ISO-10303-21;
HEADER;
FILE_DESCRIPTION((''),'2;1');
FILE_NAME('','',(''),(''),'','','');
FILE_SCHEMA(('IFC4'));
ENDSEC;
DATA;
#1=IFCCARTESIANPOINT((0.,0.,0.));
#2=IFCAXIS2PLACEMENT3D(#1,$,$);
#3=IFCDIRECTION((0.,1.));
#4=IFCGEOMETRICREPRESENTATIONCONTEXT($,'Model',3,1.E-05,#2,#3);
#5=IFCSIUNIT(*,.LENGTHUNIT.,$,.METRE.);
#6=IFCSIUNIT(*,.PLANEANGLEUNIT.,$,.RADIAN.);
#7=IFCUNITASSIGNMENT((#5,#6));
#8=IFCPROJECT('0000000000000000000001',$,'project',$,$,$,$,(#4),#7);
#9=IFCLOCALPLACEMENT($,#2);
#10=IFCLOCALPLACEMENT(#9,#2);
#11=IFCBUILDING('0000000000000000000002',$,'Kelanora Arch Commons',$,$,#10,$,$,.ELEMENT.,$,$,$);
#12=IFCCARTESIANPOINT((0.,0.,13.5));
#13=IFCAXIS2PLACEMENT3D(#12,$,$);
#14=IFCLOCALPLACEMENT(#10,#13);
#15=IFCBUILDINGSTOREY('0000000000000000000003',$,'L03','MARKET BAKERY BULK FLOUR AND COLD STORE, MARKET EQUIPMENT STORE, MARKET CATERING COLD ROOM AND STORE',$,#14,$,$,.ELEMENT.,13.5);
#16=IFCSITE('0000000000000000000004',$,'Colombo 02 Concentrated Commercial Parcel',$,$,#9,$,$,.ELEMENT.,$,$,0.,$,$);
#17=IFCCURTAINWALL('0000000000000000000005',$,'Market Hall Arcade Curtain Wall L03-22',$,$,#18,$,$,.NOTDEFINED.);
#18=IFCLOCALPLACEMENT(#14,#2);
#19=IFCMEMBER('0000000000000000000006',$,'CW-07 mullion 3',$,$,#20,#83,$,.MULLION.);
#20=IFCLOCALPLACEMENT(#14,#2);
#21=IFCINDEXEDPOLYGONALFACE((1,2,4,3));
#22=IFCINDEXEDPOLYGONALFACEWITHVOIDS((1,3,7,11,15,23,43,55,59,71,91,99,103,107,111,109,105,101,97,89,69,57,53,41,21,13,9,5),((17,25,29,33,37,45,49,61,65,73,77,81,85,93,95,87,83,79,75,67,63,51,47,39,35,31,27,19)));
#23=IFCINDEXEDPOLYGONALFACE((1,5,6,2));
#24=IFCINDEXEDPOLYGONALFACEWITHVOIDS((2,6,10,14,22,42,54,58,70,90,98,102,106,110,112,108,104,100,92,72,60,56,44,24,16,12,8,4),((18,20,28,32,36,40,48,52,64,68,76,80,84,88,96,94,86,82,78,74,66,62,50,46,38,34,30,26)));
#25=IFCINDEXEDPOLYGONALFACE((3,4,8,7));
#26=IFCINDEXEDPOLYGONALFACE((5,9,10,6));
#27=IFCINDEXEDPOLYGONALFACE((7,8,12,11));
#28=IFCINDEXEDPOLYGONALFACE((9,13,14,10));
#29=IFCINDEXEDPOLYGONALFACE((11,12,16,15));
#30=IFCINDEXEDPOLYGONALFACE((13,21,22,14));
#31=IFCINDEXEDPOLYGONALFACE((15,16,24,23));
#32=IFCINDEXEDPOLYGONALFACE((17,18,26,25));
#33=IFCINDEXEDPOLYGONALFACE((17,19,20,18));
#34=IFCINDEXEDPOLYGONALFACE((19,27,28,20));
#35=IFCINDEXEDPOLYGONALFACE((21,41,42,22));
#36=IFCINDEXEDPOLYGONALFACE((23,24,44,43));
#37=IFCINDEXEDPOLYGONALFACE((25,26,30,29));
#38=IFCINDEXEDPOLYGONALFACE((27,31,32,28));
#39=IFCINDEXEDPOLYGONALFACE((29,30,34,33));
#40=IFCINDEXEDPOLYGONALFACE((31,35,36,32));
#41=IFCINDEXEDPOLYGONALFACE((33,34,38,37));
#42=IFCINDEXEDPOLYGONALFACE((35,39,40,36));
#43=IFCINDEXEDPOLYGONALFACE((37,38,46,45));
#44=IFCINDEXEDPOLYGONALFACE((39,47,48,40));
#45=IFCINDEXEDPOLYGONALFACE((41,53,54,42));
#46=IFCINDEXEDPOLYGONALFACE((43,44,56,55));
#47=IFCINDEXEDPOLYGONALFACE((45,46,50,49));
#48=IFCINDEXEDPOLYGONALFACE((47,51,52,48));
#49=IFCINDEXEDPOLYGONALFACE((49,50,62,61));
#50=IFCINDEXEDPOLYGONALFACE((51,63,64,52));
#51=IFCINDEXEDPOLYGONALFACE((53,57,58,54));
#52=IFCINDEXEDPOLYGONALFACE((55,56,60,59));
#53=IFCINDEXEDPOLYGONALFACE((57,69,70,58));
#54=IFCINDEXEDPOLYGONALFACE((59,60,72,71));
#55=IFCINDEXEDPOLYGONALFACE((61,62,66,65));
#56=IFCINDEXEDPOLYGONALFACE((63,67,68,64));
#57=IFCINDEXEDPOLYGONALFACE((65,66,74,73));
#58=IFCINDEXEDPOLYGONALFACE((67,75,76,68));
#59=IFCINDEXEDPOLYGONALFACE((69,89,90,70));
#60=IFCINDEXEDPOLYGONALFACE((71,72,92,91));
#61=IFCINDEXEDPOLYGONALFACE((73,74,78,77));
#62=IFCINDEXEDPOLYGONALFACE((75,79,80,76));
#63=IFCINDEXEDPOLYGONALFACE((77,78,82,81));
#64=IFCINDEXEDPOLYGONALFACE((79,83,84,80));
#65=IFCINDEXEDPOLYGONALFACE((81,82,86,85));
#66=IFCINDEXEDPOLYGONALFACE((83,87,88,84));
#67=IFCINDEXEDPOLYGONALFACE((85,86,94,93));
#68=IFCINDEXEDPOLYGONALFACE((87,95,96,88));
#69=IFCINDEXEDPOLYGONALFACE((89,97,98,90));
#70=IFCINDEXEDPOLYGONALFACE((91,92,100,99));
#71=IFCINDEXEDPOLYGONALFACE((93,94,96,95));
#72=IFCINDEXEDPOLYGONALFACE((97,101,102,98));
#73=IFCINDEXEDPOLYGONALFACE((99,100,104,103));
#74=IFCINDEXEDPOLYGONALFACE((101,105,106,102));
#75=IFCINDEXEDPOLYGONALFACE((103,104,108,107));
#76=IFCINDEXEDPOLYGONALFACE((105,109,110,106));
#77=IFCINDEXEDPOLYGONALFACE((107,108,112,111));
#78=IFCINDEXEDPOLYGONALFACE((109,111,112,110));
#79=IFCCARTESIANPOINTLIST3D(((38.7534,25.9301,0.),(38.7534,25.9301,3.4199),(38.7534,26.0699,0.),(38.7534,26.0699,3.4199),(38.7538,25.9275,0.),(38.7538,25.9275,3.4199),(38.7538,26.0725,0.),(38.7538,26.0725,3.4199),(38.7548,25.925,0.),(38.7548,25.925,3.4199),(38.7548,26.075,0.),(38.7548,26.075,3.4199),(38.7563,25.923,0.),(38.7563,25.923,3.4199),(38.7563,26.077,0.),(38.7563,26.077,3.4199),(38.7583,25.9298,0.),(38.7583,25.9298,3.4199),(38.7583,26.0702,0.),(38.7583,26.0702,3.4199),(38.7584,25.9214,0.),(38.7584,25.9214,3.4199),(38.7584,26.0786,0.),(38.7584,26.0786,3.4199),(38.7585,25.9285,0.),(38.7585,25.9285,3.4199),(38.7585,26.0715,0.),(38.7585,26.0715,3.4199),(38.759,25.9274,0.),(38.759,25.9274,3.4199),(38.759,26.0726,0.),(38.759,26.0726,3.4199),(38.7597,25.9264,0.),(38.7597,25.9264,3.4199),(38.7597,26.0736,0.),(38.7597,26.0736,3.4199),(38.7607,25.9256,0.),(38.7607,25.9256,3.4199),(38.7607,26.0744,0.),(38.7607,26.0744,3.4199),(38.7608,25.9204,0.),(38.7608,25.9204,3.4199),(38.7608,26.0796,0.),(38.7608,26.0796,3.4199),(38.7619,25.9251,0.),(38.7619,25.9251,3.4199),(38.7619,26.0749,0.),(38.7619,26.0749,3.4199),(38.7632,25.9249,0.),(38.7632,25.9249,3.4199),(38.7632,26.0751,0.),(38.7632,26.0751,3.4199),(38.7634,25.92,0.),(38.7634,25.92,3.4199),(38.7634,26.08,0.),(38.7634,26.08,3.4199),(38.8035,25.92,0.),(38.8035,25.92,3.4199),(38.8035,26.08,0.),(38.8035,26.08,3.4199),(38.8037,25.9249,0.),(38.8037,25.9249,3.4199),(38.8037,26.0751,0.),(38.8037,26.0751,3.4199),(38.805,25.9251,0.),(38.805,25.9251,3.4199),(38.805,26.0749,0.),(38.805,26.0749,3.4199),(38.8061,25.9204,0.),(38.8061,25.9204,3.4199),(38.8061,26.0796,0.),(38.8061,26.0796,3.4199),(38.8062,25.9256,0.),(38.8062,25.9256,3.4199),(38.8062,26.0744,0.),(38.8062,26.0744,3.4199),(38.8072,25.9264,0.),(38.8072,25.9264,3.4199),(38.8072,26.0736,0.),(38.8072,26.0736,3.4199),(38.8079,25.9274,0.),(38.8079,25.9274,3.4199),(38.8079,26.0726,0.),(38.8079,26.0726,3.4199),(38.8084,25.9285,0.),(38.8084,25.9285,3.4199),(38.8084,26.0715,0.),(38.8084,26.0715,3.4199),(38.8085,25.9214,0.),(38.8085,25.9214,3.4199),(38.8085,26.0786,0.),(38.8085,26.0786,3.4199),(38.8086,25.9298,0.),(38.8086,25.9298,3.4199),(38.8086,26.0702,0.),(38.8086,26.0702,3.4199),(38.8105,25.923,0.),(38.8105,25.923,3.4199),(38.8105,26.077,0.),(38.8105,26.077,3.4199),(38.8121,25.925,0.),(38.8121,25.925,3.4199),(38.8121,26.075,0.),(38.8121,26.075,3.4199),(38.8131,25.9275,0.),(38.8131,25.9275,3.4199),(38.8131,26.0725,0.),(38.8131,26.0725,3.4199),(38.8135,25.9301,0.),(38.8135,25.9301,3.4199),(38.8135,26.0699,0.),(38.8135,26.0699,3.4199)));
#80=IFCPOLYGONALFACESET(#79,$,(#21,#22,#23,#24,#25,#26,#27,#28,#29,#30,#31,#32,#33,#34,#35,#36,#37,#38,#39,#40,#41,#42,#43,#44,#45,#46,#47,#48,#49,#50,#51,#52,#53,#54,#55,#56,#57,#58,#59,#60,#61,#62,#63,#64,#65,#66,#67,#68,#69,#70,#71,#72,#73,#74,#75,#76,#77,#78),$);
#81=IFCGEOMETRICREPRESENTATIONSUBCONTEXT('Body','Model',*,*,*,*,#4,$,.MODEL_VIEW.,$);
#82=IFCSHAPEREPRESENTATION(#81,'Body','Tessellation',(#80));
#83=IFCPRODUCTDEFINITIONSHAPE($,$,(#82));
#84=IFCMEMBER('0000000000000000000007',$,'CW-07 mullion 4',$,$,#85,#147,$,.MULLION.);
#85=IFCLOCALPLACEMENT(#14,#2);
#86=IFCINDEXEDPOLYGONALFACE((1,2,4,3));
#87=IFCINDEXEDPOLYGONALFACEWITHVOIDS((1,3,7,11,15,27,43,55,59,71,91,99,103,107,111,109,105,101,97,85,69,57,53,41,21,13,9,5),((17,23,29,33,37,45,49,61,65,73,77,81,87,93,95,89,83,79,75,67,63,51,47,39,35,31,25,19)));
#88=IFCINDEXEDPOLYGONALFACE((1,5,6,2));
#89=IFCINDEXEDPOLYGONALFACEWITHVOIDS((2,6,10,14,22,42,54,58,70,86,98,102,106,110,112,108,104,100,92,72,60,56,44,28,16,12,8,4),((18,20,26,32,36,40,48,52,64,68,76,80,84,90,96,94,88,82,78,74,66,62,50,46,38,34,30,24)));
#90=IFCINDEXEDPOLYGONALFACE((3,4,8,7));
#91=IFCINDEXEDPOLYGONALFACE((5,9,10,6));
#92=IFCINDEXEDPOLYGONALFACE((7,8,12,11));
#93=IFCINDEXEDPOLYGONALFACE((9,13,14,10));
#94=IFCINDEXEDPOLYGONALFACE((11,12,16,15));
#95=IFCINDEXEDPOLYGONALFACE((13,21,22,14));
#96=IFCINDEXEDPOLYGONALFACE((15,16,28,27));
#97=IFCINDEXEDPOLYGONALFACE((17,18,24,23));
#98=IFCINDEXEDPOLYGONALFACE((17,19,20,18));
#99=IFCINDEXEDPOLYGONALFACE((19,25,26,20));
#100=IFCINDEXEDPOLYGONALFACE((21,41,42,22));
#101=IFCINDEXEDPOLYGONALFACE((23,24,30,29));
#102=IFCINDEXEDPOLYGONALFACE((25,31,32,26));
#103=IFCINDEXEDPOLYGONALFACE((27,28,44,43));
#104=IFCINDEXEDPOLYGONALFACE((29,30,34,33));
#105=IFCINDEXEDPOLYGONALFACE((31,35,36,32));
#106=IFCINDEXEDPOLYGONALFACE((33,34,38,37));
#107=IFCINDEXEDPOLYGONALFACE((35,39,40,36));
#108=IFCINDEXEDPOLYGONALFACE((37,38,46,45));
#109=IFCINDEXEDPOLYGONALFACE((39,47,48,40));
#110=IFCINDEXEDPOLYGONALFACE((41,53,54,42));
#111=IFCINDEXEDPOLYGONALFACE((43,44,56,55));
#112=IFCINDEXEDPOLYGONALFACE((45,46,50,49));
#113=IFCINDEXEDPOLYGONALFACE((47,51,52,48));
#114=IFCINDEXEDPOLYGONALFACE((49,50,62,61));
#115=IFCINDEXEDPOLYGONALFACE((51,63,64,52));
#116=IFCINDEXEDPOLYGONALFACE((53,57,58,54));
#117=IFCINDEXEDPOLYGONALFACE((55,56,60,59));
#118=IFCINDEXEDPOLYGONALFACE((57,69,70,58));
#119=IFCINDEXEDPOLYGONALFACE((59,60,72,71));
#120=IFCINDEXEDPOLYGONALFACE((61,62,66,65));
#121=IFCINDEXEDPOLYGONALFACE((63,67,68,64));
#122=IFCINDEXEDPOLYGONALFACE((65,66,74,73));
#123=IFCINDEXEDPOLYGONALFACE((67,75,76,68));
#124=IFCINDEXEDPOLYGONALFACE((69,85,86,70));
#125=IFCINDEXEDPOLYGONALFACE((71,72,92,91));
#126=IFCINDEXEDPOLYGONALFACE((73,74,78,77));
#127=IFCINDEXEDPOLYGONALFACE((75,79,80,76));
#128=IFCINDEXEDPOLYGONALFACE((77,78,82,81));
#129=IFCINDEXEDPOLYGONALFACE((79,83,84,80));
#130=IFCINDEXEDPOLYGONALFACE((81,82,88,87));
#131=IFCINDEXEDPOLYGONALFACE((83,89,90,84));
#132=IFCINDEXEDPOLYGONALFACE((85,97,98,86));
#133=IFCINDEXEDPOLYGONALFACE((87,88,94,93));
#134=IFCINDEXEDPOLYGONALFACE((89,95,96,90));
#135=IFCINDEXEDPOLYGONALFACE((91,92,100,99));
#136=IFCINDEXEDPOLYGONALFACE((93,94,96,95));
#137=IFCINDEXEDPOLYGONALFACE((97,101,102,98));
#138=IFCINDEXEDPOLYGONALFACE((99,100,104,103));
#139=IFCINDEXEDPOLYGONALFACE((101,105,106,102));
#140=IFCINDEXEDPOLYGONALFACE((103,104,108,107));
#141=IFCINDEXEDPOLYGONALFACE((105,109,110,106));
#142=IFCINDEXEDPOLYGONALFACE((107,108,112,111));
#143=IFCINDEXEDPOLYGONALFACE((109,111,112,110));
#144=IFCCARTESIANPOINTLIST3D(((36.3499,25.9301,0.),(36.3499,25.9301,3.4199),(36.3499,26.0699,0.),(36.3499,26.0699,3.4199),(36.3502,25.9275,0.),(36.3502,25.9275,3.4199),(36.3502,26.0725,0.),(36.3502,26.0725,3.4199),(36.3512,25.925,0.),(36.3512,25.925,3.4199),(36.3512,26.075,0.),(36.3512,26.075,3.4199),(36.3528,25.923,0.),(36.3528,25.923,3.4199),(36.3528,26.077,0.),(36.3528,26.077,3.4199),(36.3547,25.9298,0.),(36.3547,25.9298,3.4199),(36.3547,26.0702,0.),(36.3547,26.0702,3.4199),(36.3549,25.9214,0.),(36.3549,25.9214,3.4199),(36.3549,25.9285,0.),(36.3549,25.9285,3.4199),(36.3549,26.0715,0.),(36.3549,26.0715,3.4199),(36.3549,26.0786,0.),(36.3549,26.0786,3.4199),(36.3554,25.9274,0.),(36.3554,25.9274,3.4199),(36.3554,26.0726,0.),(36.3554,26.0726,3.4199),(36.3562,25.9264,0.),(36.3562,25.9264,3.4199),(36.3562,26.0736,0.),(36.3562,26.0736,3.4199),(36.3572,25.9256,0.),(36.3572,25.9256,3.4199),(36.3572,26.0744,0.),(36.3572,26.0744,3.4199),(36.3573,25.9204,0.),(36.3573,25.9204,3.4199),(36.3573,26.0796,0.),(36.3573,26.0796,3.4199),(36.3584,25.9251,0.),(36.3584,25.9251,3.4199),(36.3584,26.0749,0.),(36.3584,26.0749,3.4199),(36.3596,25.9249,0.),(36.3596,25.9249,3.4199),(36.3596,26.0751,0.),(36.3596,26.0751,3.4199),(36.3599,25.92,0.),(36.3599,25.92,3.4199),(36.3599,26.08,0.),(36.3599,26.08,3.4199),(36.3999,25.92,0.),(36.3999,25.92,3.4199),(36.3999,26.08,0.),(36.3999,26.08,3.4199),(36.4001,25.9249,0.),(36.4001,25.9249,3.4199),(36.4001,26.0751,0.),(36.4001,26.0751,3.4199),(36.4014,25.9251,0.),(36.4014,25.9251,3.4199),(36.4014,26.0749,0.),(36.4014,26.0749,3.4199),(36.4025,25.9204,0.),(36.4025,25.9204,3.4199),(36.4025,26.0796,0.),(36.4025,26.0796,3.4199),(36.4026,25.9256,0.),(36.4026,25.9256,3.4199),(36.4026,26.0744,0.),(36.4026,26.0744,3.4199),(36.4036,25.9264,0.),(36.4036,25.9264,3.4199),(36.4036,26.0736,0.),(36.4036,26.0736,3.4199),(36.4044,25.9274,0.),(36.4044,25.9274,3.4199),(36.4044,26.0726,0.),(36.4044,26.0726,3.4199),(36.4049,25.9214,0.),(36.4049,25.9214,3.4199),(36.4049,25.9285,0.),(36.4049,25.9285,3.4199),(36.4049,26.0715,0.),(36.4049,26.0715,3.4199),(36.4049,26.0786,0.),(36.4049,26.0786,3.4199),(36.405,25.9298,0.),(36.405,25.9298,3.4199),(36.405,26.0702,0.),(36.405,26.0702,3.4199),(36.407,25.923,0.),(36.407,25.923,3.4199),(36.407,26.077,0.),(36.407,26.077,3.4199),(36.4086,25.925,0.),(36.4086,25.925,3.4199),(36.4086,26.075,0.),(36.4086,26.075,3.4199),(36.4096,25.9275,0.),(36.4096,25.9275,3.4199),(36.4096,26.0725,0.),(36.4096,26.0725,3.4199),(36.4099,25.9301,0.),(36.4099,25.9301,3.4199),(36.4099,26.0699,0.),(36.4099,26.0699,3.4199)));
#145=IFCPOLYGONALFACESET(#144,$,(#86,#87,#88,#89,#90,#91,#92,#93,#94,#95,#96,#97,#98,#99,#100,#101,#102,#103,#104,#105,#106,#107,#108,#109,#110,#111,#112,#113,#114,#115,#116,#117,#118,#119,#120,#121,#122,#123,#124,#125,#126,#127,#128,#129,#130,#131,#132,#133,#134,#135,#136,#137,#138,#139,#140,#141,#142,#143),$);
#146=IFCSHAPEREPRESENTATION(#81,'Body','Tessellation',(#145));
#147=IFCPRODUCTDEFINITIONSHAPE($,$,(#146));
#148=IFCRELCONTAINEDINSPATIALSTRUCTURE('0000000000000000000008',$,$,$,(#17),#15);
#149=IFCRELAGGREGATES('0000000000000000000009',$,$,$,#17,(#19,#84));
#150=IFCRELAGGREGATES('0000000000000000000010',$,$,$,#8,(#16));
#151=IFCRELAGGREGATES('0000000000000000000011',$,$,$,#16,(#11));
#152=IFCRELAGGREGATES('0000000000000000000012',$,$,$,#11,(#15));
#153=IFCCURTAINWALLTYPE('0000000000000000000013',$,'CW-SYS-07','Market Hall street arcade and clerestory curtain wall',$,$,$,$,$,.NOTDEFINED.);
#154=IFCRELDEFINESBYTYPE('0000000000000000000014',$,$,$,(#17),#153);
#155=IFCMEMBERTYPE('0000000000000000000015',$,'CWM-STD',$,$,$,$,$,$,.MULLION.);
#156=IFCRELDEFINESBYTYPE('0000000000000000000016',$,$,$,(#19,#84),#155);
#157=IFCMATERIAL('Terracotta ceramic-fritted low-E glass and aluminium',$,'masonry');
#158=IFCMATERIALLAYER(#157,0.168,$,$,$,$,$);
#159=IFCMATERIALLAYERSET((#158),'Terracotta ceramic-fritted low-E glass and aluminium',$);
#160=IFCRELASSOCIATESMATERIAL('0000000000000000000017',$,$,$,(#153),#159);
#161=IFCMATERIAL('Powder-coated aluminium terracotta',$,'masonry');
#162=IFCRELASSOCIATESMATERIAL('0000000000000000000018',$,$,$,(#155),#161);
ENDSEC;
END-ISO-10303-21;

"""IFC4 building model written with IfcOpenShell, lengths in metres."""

from ifc_helpers import new_model, si_unit, direction, frame, origin, origin_2d, place, context, subcontext, project, spatial, hollow_rectangle, extrude, material, layer, layer_set, material_profile, profile_set, type_object, element, aggregate, save


model = new_model("IFC4")

# Units and contexts
model_context = context("Model", 3, precision=1e-05, world=origin(), true_north=direction((0.0, 1.0)))
body_context = subcontext(model_context, "Body", "Model", "MODEL_VIEW")
ifc_project = project(units=[si_unit("LENGTHUNIT", "METRE"), si_unit("PLANEANGLEUNIT", "RADIAN")], contexts=[model_context])

# Site, building, storey
site_placement = place(None, origin())
site = spatial("IfcSite", under=ifc_project, at=site_placement, Name="Colombo 02 Concentrated Commercial Parcel", CompositionType="ELEMENT", RefElevation=0.0)
building_placement = place(site_placement, origin())
building = spatial("IfcBuilding", under=site, at=building_placement, Name="Kelanora Arch Commons", CompositionType="ELEMENT")
storey_placement = place(building_placement, frame((0.0, 0.0, 13.5)))
storey = spatial("IfcBuildingStorey", under=building, at=storey_placement, Name="L03", Description="MARKET BAKERY BULK FLOUR AND COLD STORE, MARKET EQUIPMENT STORE, MARKET CATERING COLD ROOM AND STORE", CompositionType="ELEMENT", Elevation=13.5)

# Curtain wall, members
ifc_material_1 = material(Name="Terracotta ceramic-fritted low-E glass and aluminium", Category="masonry")
ifc_layer_1 = layer(ifc_material_1, 0.168)
ifc_layer_set_1 = layer_set([ifc_layer_1], Name="Terracotta ceramic-fritted low-E glass and aluminium")
curtain_wall_type = type_object("IfcCurtainWallType", Name="CW-SYS-07", Description="Market Hall street arcade and clerestory curtain wall", PredefinedType="NOTDEFINED", material=ifc_layer_set_1)
curtain_wall_placement = place(storey_placement, origin())
curtain_wall = element("IfcCurtainWall", 1, at=curtain_wall_placement, inside=storey, type_object=curtain_wall_type, Name="Market Hall Arcade Curtain Wall L03-22", PredefinedType="NOTDEFINED")
ifc_material_2 = material(Name="Powder-coated aluminium terracotta", Category="masonry")
ifc_material_profile_1 = material_profile(ifc_material_2, hollow_rectangle(XDim=0.1599, YDim=0.0601, WallThickness=0.0049, InnerFilletRadius=0.0049, OuterFilletRadius=0.01, at=origin_2d()), Name="CWM160x60")
ifc_profile_set_1 = profile_set([ifc_material_profile_1], Name="Powder-coated aluminium terracotta")
member_type_1 = type_object("IfcMemberType", Name="CWM-STD", PredefinedType="MULLION", material=ifc_profile_set_1)
member_1_placement = place(storey_placement, frame((38.7834, 26.0, 0.0), z_axis=(0.0, 0.0, 1.0), x_axis=(0.0, -1.0, 0.0)))
member_1 = element("IfcMember", 2, at=member_1_placement, type_object=member_type_1, Name="CW-07 mullion 3", PredefinedType="MULLION", context=body_context, shape_type="SweptSolid", body=[
    extrude(hollow_rectangle(XDim=0.1599, YDim=0.0601, WallThickness=0.0049, InnerFilletRadius=0.0049, OuterFilletRadius=0.01, at=origin_2d()), origin(), (0.0, 0.0, 1.0), 3.4199),
])
member_2_placement = place(storey_placement, frame((36.3799, 26.0, 0.0), z_axis=(0.0, 0.0, 1.0), x_axis=(0.0, -1.0, 0.0)))
member_2 = element("IfcMember", 3, at=member_2_placement, type_object=member_type_1, Name="CW-07 mullion 4", PredefinedType="MULLION", context=body_context, shape_type="SweptSolid", body=[
    extrude(hollow_rectangle(XDim=0.1599, YDim=0.0601, WallThickness=0.0049, InnerFilletRadius=0.0049, OuterFilletRadius=0.01, at=origin_2d()), origin(), (0.0, 0.0, 1.0), 3.4199),
])
aggregate(curtain_wall, [member_1, member_2])

save(model, "model.ifc")
